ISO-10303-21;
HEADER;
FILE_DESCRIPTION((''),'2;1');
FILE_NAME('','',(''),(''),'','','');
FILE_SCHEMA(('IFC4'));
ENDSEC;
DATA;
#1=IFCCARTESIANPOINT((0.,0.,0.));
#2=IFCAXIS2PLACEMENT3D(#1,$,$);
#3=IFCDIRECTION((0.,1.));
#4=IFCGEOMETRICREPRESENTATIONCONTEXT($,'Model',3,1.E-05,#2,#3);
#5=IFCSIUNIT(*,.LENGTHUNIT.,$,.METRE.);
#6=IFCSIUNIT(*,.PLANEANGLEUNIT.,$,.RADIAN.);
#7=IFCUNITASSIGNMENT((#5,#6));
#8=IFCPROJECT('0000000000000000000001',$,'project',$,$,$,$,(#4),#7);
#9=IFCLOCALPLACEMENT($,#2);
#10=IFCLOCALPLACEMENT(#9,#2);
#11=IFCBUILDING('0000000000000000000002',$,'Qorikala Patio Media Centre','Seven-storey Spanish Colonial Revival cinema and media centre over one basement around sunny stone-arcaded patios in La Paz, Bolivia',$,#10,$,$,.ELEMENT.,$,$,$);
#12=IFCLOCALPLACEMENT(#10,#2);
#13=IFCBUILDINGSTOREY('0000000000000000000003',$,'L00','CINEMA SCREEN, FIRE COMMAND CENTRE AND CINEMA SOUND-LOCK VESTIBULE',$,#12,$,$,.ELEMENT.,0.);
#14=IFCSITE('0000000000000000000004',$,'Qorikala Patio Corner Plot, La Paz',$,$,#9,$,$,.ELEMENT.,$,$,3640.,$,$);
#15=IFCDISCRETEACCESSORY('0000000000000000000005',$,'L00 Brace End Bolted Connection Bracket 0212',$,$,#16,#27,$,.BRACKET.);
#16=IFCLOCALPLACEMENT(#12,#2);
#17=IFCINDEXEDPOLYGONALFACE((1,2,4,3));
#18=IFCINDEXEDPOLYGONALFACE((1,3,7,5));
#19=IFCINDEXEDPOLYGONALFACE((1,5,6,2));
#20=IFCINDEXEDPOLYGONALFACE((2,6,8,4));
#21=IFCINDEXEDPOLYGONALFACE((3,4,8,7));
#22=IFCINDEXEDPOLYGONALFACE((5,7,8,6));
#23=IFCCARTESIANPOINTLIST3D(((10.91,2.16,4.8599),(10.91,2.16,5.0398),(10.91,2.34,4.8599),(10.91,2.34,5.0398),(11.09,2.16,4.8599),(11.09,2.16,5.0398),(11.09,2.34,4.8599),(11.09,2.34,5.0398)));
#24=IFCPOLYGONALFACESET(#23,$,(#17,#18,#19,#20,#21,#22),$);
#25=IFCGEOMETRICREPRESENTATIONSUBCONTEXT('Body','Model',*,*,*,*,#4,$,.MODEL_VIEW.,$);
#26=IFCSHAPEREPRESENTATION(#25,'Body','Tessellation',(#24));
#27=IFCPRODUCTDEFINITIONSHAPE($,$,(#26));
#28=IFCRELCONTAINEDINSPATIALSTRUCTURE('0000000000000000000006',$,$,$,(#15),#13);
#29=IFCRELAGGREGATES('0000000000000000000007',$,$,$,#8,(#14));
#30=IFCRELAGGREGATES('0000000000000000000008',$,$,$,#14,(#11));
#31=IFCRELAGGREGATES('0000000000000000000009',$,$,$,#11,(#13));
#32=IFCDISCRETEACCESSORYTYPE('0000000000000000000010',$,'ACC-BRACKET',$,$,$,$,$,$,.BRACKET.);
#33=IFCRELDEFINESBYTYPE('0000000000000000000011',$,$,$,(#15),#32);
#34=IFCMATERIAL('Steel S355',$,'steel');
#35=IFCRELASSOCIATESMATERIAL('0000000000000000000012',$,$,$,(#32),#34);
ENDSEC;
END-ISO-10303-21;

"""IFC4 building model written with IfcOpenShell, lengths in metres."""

from ifc_helpers import new_model, si_unit, direction, frame, origin, origin_2d, place, context, subcontext, project, spatial, rectangle, extrude, material, type_object, element, save


model = new_model("IFC4")

# Units and contexts
model_context = context("Model", 3, precision=1e-05, world=origin(), true_north=direction((0.0, 1.0)))
body_context = subcontext(model_context, "Body", "Model", "MODEL_VIEW")
ifc_project = project(units=[si_unit("LENGTHUNIT", "METRE"), si_unit("PLANEANGLEUNIT", "RADIAN")], contexts=[model_context])

# Site, building, storey
site_placement = place(None, origin())
site = spatial("IfcSite", under=ifc_project, at=site_placement, Name="Qorikala Patio Corner Plot, La Paz", CompositionType="ELEMENT", RefElevation=3640.0)
building_placement = place(site_placement, origin())
building = spatial("IfcBuilding", under=site, at=building_placement, Name="Qorikala Patio Media Centre", Description="Seven-storey Spanish Colonial Revival cinema and media centre over one basement around sunny stone-arcaded patios in La Paz, Bolivia", CompositionType="ELEMENT")
storey_placement = place(building_placement, origin())
storey = spatial("IfcBuildingStorey", under=building, at=storey_placement, Name="L00", Description="CINEMA SCREEN, FIRE COMMAND CENTRE AND CINEMA SOUND-LOCK VESTIBULE", CompositionType="ELEMENT", Elevation=0.0)

# Shared definitions
ifc_material_1 = material(Name="Steel S355", Category="steel")

# Discrete accessory
discrete_accessory_type = type_object("IfcDiscreteAccessoryType", Name="ACC-BRACKET", PredefinedType="BRACKET", material=ifc_material_1)
for number, where, z_axis, x_axis, name in (
    (1, (11.0, 2.25, 4.8599), (0.0, 0.0, 1.0), (1.0, 0.0, 0.0), "L00 Brace End Bolted Connection Bracket 0212"),
):
    element("IfcDiscreteAccessory", number, at=place(storey_placement, frame(where, z_axis=z_axis, x_axis=x_axis)), inside=storey, type_object=discrete_accessory_type, Name=name, PredefinedType="BRACKET", context=body_context, shape_type="SweptSolid", body=[
        extrude(rectangle(XDim=0.1799, YDim=0.1799, at=origin_2d()), origin(), (0.0, 0.0, 1.0), 0.1799),
    ])

save(model, "model.ifc")
